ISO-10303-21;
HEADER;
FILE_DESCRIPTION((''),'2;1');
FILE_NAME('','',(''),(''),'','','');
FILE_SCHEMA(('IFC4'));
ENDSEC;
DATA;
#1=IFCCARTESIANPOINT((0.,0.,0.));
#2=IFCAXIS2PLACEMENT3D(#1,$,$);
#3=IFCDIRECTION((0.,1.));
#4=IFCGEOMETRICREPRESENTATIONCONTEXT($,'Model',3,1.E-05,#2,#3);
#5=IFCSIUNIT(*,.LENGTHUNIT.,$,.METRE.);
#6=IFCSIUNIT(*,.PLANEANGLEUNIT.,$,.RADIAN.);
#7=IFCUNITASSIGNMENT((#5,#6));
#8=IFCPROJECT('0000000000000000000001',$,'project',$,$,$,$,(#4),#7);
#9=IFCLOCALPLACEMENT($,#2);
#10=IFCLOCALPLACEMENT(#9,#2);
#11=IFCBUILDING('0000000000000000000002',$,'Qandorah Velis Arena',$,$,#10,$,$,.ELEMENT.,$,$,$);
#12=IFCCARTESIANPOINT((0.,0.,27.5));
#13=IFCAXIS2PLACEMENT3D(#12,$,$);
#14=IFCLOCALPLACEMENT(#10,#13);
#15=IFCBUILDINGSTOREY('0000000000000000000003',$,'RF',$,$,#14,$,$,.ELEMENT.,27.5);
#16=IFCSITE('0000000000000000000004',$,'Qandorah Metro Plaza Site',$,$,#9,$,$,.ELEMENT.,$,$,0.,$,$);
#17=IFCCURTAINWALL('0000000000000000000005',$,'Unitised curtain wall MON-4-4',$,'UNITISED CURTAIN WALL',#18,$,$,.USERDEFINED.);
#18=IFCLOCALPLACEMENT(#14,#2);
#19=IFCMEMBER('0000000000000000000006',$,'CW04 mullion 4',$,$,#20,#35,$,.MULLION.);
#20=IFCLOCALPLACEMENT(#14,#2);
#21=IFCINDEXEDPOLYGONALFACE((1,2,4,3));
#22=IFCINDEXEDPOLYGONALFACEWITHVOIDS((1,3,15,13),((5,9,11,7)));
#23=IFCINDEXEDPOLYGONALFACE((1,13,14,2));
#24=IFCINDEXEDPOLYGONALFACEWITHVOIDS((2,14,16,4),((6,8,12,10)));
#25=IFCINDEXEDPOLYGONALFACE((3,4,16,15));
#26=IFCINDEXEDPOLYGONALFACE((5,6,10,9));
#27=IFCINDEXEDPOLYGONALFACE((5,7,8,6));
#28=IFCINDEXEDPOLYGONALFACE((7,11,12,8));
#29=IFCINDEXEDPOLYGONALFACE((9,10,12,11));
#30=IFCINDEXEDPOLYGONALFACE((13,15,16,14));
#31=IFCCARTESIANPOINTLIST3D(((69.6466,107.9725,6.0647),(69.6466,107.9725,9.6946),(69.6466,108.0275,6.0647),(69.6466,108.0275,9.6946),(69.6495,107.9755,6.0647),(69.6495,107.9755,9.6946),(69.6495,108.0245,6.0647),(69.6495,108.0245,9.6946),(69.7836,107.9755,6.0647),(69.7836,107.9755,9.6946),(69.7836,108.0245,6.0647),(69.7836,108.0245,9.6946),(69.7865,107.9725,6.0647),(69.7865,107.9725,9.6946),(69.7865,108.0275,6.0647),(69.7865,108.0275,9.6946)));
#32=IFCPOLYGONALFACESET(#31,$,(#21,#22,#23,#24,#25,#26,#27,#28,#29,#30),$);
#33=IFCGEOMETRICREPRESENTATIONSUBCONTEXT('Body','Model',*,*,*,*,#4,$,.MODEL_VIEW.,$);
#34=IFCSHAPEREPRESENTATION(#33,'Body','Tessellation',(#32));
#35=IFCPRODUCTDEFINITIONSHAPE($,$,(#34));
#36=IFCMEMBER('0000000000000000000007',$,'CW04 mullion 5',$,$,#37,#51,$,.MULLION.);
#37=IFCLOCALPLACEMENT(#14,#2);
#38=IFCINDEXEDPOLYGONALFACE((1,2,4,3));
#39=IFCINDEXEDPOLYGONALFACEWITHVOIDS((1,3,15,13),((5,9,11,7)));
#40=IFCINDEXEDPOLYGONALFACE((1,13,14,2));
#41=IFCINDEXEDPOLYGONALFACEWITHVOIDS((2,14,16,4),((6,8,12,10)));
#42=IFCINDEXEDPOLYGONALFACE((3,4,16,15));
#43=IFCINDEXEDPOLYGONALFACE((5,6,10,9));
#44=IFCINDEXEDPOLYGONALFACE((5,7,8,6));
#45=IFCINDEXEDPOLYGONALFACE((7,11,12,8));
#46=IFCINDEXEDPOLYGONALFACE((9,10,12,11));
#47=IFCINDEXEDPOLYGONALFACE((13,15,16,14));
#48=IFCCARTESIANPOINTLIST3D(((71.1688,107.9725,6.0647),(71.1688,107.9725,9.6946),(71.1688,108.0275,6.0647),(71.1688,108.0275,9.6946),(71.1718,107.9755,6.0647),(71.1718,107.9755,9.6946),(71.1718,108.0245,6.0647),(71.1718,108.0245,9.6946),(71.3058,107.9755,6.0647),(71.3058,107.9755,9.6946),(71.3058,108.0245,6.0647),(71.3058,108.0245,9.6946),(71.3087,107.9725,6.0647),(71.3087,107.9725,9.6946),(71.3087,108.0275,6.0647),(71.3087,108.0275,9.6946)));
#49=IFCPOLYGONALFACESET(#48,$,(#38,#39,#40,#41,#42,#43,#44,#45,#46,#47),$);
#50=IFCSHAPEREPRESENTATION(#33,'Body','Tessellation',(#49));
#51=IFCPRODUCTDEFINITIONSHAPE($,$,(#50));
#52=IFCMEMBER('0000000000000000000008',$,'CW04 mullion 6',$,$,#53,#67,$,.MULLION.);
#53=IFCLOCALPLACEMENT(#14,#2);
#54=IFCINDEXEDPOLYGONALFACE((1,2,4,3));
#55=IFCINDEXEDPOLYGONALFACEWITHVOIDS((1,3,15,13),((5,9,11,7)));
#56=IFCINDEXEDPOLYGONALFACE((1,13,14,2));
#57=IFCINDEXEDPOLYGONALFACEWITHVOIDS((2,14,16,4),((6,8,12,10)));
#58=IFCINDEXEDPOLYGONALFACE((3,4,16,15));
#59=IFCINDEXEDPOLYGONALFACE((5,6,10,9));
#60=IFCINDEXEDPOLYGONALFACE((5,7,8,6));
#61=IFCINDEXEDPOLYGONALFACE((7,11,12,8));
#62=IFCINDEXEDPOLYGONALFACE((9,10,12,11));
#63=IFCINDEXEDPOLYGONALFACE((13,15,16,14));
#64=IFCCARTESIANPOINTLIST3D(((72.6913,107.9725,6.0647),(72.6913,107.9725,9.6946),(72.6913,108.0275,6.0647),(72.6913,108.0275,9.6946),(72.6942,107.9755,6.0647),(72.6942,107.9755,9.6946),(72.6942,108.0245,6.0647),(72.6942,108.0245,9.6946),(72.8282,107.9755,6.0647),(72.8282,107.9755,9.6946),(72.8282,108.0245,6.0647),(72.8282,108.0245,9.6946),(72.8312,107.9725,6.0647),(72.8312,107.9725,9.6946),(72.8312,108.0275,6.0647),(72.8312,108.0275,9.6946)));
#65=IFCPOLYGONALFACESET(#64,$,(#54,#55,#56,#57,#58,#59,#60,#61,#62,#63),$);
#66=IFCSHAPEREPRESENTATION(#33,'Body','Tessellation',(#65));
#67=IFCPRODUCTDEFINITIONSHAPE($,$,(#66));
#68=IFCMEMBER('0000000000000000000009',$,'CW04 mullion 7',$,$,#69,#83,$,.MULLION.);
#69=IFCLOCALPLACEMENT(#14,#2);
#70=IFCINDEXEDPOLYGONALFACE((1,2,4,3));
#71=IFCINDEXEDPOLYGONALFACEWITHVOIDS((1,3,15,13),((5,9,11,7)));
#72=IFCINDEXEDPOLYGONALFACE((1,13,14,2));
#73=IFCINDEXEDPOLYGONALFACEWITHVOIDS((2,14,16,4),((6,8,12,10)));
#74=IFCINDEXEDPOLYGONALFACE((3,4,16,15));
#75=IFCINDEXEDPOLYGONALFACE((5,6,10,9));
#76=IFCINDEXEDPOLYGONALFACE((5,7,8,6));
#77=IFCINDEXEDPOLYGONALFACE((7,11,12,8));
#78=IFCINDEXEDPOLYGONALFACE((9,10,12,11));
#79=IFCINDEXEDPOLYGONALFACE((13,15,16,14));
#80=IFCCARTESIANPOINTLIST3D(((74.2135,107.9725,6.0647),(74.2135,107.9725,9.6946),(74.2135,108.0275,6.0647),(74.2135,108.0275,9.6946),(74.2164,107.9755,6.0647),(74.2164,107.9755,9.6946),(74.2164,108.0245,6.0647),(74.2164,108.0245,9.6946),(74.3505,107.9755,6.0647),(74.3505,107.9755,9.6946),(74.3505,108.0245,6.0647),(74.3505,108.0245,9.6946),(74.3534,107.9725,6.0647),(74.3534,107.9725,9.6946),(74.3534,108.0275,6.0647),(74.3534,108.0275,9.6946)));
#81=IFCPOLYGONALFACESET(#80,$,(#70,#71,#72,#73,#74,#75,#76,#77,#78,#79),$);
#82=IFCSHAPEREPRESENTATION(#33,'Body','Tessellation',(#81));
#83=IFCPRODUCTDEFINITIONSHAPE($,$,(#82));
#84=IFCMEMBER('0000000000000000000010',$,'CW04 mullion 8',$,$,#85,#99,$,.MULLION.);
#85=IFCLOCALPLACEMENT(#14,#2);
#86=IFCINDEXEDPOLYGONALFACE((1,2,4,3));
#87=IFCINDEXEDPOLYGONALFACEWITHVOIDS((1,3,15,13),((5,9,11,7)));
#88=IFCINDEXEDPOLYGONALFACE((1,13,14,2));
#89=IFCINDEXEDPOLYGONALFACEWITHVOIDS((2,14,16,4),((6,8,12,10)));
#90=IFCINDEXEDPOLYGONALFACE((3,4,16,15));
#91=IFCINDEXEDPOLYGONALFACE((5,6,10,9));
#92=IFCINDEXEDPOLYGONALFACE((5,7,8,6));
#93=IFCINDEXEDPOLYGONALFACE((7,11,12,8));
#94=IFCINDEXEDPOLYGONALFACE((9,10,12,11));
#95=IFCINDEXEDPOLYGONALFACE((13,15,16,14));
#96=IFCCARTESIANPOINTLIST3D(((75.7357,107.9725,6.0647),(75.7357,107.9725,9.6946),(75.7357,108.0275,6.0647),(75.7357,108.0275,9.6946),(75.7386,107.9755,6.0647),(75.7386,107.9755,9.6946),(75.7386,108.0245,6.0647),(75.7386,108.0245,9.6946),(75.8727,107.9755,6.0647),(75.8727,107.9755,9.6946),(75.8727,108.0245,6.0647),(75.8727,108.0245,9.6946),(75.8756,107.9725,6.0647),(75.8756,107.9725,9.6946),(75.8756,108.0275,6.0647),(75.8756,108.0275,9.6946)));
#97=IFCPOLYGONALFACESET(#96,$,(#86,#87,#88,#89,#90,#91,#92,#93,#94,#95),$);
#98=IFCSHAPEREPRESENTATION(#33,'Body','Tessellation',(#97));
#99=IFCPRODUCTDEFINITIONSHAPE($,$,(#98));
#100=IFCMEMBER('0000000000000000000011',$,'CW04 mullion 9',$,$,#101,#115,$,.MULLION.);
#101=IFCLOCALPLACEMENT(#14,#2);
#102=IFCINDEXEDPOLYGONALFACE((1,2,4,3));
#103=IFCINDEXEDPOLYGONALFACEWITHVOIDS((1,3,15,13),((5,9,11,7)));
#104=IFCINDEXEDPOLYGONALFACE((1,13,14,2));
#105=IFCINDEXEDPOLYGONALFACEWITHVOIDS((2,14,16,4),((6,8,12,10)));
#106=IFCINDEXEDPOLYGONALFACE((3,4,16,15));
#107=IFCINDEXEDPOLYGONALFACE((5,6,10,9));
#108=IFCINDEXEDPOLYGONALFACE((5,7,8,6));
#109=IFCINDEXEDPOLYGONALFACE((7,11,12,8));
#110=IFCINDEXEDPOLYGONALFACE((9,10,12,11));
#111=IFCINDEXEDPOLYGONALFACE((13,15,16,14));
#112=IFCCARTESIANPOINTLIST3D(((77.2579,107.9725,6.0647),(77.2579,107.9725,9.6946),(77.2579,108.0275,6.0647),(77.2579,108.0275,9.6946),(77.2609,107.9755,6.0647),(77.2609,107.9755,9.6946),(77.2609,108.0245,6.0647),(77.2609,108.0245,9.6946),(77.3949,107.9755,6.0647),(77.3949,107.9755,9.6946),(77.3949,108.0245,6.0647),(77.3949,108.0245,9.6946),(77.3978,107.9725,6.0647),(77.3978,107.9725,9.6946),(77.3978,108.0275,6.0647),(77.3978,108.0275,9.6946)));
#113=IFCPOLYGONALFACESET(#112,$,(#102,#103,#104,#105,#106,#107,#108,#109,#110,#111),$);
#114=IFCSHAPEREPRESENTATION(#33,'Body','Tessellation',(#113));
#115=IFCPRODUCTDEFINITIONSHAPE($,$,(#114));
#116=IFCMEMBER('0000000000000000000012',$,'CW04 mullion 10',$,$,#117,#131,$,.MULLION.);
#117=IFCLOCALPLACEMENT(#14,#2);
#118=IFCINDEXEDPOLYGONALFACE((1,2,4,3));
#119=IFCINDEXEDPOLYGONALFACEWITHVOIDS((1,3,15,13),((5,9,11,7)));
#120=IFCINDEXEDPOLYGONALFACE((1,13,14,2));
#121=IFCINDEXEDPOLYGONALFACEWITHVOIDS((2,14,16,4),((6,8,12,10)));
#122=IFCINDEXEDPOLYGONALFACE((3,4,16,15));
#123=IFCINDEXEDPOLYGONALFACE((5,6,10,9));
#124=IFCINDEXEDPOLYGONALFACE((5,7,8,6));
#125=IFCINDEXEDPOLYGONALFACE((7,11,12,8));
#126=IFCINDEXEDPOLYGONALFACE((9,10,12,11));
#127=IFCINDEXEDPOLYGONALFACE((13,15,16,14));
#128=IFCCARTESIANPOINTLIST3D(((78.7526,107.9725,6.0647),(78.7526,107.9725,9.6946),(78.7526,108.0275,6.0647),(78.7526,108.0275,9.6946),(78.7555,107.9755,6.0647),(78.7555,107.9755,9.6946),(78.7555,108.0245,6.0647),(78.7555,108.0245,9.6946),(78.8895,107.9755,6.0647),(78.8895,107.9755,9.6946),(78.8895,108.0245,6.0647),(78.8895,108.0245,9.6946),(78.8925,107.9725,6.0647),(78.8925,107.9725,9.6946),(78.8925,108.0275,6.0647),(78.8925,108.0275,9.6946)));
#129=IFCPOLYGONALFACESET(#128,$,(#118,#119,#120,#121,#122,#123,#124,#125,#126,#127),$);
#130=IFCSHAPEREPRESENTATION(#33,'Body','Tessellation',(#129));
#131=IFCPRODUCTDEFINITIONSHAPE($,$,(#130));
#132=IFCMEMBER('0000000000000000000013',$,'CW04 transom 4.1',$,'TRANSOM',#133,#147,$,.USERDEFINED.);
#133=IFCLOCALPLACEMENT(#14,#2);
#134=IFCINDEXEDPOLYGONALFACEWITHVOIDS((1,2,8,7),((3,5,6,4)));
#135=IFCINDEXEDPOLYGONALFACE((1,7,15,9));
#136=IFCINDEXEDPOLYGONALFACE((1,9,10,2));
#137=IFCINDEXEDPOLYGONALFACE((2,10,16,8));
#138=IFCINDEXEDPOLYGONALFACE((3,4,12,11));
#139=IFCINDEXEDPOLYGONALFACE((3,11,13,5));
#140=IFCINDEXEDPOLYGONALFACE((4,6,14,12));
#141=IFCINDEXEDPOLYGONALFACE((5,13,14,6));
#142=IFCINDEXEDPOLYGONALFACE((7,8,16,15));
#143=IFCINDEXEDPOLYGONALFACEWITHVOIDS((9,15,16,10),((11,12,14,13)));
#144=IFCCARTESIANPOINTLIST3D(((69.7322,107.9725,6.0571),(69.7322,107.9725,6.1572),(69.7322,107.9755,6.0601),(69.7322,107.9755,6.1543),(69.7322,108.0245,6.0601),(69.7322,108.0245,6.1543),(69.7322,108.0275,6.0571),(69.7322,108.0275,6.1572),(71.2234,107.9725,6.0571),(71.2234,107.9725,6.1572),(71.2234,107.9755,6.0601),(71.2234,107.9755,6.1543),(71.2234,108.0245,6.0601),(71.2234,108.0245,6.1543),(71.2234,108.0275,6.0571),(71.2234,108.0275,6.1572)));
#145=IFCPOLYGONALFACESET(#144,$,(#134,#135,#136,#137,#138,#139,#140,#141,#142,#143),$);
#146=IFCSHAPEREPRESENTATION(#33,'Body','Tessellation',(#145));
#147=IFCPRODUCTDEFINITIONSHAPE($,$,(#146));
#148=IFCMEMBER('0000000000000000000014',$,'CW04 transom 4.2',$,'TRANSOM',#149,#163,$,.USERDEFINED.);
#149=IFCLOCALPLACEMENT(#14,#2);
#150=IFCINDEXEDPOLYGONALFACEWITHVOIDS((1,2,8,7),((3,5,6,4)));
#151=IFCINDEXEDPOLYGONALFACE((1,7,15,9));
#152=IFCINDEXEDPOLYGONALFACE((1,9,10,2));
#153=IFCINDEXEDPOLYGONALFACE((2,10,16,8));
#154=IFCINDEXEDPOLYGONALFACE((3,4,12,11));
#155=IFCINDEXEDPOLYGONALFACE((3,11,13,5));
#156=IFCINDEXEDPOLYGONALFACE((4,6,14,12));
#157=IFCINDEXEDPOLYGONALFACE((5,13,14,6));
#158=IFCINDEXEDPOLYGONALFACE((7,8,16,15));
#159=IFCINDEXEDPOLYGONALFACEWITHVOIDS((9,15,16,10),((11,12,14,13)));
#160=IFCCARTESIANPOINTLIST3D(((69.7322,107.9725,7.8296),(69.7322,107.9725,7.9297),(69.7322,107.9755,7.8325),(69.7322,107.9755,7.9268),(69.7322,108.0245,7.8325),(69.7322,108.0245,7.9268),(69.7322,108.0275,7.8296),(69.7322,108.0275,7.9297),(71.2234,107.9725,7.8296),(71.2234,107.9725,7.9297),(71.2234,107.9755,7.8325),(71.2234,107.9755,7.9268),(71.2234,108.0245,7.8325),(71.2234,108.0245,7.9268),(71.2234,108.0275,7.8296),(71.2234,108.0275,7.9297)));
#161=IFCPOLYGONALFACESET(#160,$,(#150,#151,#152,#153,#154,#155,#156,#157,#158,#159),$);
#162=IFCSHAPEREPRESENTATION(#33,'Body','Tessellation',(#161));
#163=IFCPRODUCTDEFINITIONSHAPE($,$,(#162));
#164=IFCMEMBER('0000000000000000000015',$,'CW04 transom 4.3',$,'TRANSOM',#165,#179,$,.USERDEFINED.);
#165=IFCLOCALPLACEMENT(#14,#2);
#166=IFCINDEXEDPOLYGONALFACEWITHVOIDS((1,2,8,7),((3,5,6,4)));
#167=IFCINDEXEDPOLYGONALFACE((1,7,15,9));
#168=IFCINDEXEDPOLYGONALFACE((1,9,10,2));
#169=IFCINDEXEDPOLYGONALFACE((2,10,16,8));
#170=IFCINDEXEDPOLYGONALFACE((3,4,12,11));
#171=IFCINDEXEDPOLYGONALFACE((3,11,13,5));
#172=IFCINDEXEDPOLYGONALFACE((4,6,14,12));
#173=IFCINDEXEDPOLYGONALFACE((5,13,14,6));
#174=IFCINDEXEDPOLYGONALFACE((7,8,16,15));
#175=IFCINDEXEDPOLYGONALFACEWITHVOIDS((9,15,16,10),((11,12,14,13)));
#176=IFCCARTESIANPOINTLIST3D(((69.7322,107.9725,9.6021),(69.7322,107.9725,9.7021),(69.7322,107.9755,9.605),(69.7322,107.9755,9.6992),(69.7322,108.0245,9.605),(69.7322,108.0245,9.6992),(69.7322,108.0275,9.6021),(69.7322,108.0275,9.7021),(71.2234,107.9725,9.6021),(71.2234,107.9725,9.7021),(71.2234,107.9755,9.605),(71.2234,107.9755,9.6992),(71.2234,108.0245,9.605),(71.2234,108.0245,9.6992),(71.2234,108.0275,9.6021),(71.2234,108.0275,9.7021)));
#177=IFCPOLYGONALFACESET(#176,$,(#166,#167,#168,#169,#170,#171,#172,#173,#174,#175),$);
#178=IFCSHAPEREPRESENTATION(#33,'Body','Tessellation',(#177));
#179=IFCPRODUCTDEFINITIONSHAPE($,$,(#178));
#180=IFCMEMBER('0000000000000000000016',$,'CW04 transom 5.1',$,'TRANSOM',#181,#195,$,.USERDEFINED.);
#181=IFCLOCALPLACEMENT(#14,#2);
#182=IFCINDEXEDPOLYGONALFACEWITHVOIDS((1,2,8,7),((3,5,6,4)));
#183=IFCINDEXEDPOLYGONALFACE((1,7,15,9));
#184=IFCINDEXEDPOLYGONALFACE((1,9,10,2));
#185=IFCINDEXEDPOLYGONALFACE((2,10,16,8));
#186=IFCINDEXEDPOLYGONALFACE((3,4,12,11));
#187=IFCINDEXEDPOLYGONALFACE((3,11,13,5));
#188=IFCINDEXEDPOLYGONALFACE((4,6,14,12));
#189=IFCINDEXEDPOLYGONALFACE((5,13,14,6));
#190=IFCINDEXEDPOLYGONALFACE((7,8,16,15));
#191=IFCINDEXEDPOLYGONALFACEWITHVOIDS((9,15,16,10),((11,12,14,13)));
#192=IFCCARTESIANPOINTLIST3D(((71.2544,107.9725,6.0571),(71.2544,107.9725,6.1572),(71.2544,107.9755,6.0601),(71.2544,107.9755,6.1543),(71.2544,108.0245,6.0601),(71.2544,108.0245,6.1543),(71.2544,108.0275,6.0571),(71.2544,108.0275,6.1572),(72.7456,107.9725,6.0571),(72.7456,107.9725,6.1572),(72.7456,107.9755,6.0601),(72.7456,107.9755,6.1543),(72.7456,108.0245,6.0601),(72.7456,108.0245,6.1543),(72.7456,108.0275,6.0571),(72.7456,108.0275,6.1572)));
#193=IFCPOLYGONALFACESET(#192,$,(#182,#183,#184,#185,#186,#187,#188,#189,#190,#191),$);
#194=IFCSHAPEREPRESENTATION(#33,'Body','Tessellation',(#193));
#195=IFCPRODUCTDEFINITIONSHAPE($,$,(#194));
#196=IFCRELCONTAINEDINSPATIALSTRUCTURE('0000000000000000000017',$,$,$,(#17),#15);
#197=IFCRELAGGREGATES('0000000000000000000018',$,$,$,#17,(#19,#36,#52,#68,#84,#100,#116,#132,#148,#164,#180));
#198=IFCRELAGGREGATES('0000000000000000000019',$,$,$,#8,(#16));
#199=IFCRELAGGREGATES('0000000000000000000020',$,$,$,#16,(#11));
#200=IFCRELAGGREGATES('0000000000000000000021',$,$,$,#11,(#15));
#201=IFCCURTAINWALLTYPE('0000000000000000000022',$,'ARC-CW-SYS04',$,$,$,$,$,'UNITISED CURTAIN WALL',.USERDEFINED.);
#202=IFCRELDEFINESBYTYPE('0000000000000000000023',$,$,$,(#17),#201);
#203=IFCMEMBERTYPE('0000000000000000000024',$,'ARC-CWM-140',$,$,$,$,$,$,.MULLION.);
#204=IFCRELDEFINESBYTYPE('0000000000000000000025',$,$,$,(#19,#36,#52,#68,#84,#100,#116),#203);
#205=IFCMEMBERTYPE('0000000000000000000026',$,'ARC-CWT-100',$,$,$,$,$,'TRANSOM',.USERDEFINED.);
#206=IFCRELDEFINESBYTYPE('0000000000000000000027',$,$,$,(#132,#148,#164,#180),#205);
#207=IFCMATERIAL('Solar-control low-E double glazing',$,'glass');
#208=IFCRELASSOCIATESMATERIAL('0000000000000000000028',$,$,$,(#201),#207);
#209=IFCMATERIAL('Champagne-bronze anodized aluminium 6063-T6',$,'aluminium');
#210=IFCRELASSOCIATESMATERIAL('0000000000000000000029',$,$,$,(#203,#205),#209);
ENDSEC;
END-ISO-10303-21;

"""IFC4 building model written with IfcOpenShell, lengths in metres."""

from ifc_helpers import new_model, si_unit, direction, frame, origin, origin_2d, place, context, subcontext, project, spatial, hollow_rectangle, extrude, material, material_profile, profile_set, type_object, element, aggregate, save


model = new_model("IFC4")

# Units and contexts
model_context = context("Model", 3, precision=1e-05, world=origin(), true_north=direction((0.0, 1.0)))
body_context = subcontext(model_context, "Body", "Model", "MODEL_VIEW")
ifc_project = project(units=[si_unit("LENGTHUNIT", "METRE"), si_unit("PLANEANGLEUNIT", "RADIAN")], contexts=[model_context])

# Site, building, storey
site_placement = place(None, origin())
site = spatial("IfcSite", under=ifc_project, at=site_placement, Name="Qandorah Metro Plaza Site", CompositionType="ELEMENT", RefElevation=0.0)
building_placement = place(site_placement, origin())
building = spatial("IfcBuilding", under=site, at=building_placement, Name="Qandorah Velis Arena", CompositionType="ELEMENT")
storey_placement = place(building_placement, frame((0.0, 0.0, 27.5)))
storey = spatial("IfcBuildingStorey", under=building, at=storey_placement, Name="RF", CompositionType="ELEMENT", Elevation=27.5)

# Curtain wall, members
ifc_material_1 = material(Name="Solar-control low-E double glazing", Category="glass")
curtain_wall_type = type_object("IfcCurtainWallType", Name="ARC-CW-SYS04", ElementType="UNITISED CURTAIN WALL", PredefinedType="USERDEFINED", material=ifc_material_1)
curtain_wall_placement = place(storey_placement, origin())
curtain_wall = element("IfcCurtainWall", 1, at=curtain_wall_placement, inside=storey, type_object=curtain_wall_type, Name="Unitised curtain wall MON-4-4", ObjectType="UNITISED CURTAIN WALL", PredefinedType="USERDEFINED")
ifc_material_2 = material(Name="Champagne-bronze anodized aluminium 6063-T6", Category="aluminium")
ifc_material_profile_1 = material_profile(ifc_material_2, hollow_rectangle(XDim=0.0549, YDim=0.1399, WallThickness=0.0029, at=origin_2d()), Name="ALU MULLION 55x140")
ifc_profile_set_1 = profile_set([ifc_material_profile_1], Name="Champagne-bronze anodized aluminium 6063-T6")
member_type_1 = type_object("IfcMemberType", Name="ARC-CWM-140", PredefinedType="MULLION", material=ifc_profile_set_1)
member_1_placement = place(storey_placement, frame((69.7166, 108.0, 6.0647), z_axis=(0.0, 0.0, 1.0), x_axis=(0.0, 1.0, 0.0)))
member_1 = element("IfcMember", 2, at=member_1_placement, type_object=member_type_1, Name="CW04 mullion 4", PredefinedType="MULLION", context=body_context, shape_type="SweptSolid", body=[
    extrude(hollow_rectangle(XDim=0.0549, YDim=0.1399, WallThickness=0.0029, at=origin_2d()), origin(), (0.0, 0.0, 1.0), 3.6299),
])
member_2_placement = place(storey_placement, frame((71.2388, 108.0, 6.0647), z_axis=(0.0, 0.0, 1.0), x_axis=(0.0, 1.0, 0.0)))
member_2 = element("IfcMember", 3, at=member_2_placement, type_object=member_type_1, Name="CW04 mullion 5", PredefinedType="MULLION", context=body_context, shape_type="SweptSolid", body=[
    extrude(hollow_rectangle(XDim=0.0549, YDim=0.1399, WallThickness=0.0029, at=origin_2d()), origin(), (0.0, 0.0, 1.0), 3.6299),
])
member_3_placement = place(storey_placement, frame((72.7612, 108.0, 6.0647), z_axis=(0.0, 0.0, 1.0), x_axis=(0.0, 1.0, 0.0)))
member_3 = element("IfcMember", 4, at=member_3_placement, type_object=member_type_1, Name="CW04 mullion 6", PredefinedType="MULLION", context=body_context, shape_type="SweptSolid", body=[
    extrude(hollow_rectangle(XDim=0.0549, YDim=0.1399, WallThickness=0.0029, at=origin_2d()), origin(), (0.0, 0.0, 1.0), 3.6299),
])
member_4_placement = place(storey_placement, frame((74.2834, 108.0, 6.0647), z_axis=(0.0, 0.0, 1.0), x_axis=(0.0, 1.0, 0.0)))
member_4 = element("IfcMember", 5, at=member_4_placement, type_object=member_type_1, Name="CW04 mullion 7", PredefinedType="MULLION", context=body_context, shape_type="SweptSolid", body=[
    extrude(hollow_rectangle(XDim=0.0549, YDim=0.1399, WallThickness=0.0029, at=origin_2d()), origin(), (0.0, 0.0, 1.0), 3.6299),
])
member_5_placement = place(storey_placement, frame((75.8057, 108.0, 6.0647), z_axis=(0.0, 0.0, 1.0), x_axis=(0.0, 1.0, 0.0)))
member_5 = element("IfcMember", 6, at=member_5_placement, type_object=member_type_1, Name="CW04 mullion 8", PredefinedType="MULLION", context=body_context, shape_type="SweptSolid", body=[
    extrude(hollow_rectangle(XDim=0.0549, YDim=0.1399, WallThickness=0.0029, at=origin_2d()), origin(), (0.0, 0.0, 1.0), 3.6299),
])
member_6_placement = place(storey_placement, frame((77.3279, 108.0, 6.0647), z_axis=(0.0, 0.0, 1.0), x_axis=(0.0, 1.0, 0.0)))
member_6 = element("IfcMember", 7, at=member_6_placement, type_object=member_type_1, Name="CW04 mullion 9", PredefinedType="MULLION", context=body_context, shape_type="SweptSolid", body=[
    extrude(hollow_rectangle(XDim=0.0549, YDim=0.1399, WallThickness=0.0029, at=origin_2d()), origin(), (0.0, 0.0, 1.0), 3.6299),
])
member_7_placement = place(storey_placement, frame((78.8225, 108.0, 6.0647), z_axis=(0.0, 0.0, 1.0), x_axis=(0.0, 1.0, 0.0)))
member_7 = element("IfcMember", 8, at=member_7_placement, type_object=member_type_1, Name="CW04 mullion 10", PredefinedType="MULLION", context=body_context, shape_type="SweptSolid", body=[
    extrude(hollow_rectangle(XDim=0.0549, YDim=0.1399, WallThickness=0.0029, at=origin_2d()), origin(), (0.0, 0.0, 1.0), 3.6299),
])
ifc_material_profile_2 = material_profile(ifc_material_2, hollow_rectangle(XDim=0.0549, YDim=0.1001, WallThickness=0.0029, at=origin_2d()), Name="ALU TRANSOM 55x100")
ifc_profile_set_2 = profile_set([ifc_material_profile_2], Name="Champagne-bronze anodized aluminium 6063-T6")
member_type_2 = type_object("IfcMemberType", Name="ARC-CWT-100", ElementType="TRANSOM", PredefinedType="USERDEFINED", material=ifc_profile_set_2)
member_8_placement = place(storey_placement, frame((69.7322, 108.0, 6.1072), z_axis=(1.0, 0.0, 0.0), x_axis=(0.0, 1.0, 0.0)))
member_8 = element("IfcMember", 9, at=member_8_placement, type_object=member_type_2, Name="CW04 transom 4.1", ObjectType="TRANSOM", PredefinedType="USERDEFINED", context=body_context, shape_type="SweptSolid", body=[
    extrude(hollow_rectangle(XDim=0.0549, YDim=0.1001, WallThickness=0.0029, at=origin_2d()), origin(), (0.0, 0.0, 1.0), 1.4912),
])
member_9_placement = place(storey_placement, frame((69.7322, 108.0, 7.8796), z_axis=(1.0, 0.0, 0.0), x_axis=(0.0, 1.0, 0.0)))
member_9 = element("IfcMember", 10, at=member_9_placement, type_object=member_type_2, Name="CW04 transom 4.2", ObjectType="TRANSOM", PredefinedType="USERDEFINED", context=body_context, shape_type="SweptSolid", body=[
    extrude(hollow_rectangle(XDim=0.0549, YDim=0.1001, WallThickness=0.0029, at=origin_2d()), origin(), (0.0, 0.0, 1.0), 1.4912),
])
member_10_placement = place(storey_placement, frame((69.7322, 108.0, 9.6521), z_axis=(1.0, 0.0, 0.0), x_axis=(0.0, 1.0, 0.0)))
member_10 = element("IfcMember", 11, at=member_10_placement, type_object=member_type_2, Name="CW04 transom 4.3", ObjectType="TRANSOM", PredefinedType="USERDEFINED", context=body_context, shape_type="SweptSolid", body=[
    extrude(hollow_rectangle(XDim=0.0549, YDim=0.1001, WallThickness=0.0029, at=origin_2d()), origin(), (0.0, 0.0, 1.0), 1.4912),
])
member_11_placement = place(storey_placement, frame((71.2544, 108.0, 6.1072), z_axis=(1.0, 0.0, 0.0), x_axis=(0.0, 1.0, 0.0)))
member_11 = element("IfcMember", 12, at=member_11_placement, type_object=member_type_2, Name="CW04 transom 5.1", ObjectType="TRANSOM", PredefinedType="USERDEFINED", context=body_context, shape_type="SweptSolid", body=[
    extrude(hollow_rectangle(XDim=0.0549, YDim=0.1001, WallThickness=0.0029, at=origin_2d()), origin(), (0.0, 0.0, 1.0), 1.4912),
])

aggregate(curtain_wall, [member_1, member_2, member_3, member_4, member_5, member_6, member_7, member_8, member_9, member_10, member_11])

save(model, "model.ifc")
